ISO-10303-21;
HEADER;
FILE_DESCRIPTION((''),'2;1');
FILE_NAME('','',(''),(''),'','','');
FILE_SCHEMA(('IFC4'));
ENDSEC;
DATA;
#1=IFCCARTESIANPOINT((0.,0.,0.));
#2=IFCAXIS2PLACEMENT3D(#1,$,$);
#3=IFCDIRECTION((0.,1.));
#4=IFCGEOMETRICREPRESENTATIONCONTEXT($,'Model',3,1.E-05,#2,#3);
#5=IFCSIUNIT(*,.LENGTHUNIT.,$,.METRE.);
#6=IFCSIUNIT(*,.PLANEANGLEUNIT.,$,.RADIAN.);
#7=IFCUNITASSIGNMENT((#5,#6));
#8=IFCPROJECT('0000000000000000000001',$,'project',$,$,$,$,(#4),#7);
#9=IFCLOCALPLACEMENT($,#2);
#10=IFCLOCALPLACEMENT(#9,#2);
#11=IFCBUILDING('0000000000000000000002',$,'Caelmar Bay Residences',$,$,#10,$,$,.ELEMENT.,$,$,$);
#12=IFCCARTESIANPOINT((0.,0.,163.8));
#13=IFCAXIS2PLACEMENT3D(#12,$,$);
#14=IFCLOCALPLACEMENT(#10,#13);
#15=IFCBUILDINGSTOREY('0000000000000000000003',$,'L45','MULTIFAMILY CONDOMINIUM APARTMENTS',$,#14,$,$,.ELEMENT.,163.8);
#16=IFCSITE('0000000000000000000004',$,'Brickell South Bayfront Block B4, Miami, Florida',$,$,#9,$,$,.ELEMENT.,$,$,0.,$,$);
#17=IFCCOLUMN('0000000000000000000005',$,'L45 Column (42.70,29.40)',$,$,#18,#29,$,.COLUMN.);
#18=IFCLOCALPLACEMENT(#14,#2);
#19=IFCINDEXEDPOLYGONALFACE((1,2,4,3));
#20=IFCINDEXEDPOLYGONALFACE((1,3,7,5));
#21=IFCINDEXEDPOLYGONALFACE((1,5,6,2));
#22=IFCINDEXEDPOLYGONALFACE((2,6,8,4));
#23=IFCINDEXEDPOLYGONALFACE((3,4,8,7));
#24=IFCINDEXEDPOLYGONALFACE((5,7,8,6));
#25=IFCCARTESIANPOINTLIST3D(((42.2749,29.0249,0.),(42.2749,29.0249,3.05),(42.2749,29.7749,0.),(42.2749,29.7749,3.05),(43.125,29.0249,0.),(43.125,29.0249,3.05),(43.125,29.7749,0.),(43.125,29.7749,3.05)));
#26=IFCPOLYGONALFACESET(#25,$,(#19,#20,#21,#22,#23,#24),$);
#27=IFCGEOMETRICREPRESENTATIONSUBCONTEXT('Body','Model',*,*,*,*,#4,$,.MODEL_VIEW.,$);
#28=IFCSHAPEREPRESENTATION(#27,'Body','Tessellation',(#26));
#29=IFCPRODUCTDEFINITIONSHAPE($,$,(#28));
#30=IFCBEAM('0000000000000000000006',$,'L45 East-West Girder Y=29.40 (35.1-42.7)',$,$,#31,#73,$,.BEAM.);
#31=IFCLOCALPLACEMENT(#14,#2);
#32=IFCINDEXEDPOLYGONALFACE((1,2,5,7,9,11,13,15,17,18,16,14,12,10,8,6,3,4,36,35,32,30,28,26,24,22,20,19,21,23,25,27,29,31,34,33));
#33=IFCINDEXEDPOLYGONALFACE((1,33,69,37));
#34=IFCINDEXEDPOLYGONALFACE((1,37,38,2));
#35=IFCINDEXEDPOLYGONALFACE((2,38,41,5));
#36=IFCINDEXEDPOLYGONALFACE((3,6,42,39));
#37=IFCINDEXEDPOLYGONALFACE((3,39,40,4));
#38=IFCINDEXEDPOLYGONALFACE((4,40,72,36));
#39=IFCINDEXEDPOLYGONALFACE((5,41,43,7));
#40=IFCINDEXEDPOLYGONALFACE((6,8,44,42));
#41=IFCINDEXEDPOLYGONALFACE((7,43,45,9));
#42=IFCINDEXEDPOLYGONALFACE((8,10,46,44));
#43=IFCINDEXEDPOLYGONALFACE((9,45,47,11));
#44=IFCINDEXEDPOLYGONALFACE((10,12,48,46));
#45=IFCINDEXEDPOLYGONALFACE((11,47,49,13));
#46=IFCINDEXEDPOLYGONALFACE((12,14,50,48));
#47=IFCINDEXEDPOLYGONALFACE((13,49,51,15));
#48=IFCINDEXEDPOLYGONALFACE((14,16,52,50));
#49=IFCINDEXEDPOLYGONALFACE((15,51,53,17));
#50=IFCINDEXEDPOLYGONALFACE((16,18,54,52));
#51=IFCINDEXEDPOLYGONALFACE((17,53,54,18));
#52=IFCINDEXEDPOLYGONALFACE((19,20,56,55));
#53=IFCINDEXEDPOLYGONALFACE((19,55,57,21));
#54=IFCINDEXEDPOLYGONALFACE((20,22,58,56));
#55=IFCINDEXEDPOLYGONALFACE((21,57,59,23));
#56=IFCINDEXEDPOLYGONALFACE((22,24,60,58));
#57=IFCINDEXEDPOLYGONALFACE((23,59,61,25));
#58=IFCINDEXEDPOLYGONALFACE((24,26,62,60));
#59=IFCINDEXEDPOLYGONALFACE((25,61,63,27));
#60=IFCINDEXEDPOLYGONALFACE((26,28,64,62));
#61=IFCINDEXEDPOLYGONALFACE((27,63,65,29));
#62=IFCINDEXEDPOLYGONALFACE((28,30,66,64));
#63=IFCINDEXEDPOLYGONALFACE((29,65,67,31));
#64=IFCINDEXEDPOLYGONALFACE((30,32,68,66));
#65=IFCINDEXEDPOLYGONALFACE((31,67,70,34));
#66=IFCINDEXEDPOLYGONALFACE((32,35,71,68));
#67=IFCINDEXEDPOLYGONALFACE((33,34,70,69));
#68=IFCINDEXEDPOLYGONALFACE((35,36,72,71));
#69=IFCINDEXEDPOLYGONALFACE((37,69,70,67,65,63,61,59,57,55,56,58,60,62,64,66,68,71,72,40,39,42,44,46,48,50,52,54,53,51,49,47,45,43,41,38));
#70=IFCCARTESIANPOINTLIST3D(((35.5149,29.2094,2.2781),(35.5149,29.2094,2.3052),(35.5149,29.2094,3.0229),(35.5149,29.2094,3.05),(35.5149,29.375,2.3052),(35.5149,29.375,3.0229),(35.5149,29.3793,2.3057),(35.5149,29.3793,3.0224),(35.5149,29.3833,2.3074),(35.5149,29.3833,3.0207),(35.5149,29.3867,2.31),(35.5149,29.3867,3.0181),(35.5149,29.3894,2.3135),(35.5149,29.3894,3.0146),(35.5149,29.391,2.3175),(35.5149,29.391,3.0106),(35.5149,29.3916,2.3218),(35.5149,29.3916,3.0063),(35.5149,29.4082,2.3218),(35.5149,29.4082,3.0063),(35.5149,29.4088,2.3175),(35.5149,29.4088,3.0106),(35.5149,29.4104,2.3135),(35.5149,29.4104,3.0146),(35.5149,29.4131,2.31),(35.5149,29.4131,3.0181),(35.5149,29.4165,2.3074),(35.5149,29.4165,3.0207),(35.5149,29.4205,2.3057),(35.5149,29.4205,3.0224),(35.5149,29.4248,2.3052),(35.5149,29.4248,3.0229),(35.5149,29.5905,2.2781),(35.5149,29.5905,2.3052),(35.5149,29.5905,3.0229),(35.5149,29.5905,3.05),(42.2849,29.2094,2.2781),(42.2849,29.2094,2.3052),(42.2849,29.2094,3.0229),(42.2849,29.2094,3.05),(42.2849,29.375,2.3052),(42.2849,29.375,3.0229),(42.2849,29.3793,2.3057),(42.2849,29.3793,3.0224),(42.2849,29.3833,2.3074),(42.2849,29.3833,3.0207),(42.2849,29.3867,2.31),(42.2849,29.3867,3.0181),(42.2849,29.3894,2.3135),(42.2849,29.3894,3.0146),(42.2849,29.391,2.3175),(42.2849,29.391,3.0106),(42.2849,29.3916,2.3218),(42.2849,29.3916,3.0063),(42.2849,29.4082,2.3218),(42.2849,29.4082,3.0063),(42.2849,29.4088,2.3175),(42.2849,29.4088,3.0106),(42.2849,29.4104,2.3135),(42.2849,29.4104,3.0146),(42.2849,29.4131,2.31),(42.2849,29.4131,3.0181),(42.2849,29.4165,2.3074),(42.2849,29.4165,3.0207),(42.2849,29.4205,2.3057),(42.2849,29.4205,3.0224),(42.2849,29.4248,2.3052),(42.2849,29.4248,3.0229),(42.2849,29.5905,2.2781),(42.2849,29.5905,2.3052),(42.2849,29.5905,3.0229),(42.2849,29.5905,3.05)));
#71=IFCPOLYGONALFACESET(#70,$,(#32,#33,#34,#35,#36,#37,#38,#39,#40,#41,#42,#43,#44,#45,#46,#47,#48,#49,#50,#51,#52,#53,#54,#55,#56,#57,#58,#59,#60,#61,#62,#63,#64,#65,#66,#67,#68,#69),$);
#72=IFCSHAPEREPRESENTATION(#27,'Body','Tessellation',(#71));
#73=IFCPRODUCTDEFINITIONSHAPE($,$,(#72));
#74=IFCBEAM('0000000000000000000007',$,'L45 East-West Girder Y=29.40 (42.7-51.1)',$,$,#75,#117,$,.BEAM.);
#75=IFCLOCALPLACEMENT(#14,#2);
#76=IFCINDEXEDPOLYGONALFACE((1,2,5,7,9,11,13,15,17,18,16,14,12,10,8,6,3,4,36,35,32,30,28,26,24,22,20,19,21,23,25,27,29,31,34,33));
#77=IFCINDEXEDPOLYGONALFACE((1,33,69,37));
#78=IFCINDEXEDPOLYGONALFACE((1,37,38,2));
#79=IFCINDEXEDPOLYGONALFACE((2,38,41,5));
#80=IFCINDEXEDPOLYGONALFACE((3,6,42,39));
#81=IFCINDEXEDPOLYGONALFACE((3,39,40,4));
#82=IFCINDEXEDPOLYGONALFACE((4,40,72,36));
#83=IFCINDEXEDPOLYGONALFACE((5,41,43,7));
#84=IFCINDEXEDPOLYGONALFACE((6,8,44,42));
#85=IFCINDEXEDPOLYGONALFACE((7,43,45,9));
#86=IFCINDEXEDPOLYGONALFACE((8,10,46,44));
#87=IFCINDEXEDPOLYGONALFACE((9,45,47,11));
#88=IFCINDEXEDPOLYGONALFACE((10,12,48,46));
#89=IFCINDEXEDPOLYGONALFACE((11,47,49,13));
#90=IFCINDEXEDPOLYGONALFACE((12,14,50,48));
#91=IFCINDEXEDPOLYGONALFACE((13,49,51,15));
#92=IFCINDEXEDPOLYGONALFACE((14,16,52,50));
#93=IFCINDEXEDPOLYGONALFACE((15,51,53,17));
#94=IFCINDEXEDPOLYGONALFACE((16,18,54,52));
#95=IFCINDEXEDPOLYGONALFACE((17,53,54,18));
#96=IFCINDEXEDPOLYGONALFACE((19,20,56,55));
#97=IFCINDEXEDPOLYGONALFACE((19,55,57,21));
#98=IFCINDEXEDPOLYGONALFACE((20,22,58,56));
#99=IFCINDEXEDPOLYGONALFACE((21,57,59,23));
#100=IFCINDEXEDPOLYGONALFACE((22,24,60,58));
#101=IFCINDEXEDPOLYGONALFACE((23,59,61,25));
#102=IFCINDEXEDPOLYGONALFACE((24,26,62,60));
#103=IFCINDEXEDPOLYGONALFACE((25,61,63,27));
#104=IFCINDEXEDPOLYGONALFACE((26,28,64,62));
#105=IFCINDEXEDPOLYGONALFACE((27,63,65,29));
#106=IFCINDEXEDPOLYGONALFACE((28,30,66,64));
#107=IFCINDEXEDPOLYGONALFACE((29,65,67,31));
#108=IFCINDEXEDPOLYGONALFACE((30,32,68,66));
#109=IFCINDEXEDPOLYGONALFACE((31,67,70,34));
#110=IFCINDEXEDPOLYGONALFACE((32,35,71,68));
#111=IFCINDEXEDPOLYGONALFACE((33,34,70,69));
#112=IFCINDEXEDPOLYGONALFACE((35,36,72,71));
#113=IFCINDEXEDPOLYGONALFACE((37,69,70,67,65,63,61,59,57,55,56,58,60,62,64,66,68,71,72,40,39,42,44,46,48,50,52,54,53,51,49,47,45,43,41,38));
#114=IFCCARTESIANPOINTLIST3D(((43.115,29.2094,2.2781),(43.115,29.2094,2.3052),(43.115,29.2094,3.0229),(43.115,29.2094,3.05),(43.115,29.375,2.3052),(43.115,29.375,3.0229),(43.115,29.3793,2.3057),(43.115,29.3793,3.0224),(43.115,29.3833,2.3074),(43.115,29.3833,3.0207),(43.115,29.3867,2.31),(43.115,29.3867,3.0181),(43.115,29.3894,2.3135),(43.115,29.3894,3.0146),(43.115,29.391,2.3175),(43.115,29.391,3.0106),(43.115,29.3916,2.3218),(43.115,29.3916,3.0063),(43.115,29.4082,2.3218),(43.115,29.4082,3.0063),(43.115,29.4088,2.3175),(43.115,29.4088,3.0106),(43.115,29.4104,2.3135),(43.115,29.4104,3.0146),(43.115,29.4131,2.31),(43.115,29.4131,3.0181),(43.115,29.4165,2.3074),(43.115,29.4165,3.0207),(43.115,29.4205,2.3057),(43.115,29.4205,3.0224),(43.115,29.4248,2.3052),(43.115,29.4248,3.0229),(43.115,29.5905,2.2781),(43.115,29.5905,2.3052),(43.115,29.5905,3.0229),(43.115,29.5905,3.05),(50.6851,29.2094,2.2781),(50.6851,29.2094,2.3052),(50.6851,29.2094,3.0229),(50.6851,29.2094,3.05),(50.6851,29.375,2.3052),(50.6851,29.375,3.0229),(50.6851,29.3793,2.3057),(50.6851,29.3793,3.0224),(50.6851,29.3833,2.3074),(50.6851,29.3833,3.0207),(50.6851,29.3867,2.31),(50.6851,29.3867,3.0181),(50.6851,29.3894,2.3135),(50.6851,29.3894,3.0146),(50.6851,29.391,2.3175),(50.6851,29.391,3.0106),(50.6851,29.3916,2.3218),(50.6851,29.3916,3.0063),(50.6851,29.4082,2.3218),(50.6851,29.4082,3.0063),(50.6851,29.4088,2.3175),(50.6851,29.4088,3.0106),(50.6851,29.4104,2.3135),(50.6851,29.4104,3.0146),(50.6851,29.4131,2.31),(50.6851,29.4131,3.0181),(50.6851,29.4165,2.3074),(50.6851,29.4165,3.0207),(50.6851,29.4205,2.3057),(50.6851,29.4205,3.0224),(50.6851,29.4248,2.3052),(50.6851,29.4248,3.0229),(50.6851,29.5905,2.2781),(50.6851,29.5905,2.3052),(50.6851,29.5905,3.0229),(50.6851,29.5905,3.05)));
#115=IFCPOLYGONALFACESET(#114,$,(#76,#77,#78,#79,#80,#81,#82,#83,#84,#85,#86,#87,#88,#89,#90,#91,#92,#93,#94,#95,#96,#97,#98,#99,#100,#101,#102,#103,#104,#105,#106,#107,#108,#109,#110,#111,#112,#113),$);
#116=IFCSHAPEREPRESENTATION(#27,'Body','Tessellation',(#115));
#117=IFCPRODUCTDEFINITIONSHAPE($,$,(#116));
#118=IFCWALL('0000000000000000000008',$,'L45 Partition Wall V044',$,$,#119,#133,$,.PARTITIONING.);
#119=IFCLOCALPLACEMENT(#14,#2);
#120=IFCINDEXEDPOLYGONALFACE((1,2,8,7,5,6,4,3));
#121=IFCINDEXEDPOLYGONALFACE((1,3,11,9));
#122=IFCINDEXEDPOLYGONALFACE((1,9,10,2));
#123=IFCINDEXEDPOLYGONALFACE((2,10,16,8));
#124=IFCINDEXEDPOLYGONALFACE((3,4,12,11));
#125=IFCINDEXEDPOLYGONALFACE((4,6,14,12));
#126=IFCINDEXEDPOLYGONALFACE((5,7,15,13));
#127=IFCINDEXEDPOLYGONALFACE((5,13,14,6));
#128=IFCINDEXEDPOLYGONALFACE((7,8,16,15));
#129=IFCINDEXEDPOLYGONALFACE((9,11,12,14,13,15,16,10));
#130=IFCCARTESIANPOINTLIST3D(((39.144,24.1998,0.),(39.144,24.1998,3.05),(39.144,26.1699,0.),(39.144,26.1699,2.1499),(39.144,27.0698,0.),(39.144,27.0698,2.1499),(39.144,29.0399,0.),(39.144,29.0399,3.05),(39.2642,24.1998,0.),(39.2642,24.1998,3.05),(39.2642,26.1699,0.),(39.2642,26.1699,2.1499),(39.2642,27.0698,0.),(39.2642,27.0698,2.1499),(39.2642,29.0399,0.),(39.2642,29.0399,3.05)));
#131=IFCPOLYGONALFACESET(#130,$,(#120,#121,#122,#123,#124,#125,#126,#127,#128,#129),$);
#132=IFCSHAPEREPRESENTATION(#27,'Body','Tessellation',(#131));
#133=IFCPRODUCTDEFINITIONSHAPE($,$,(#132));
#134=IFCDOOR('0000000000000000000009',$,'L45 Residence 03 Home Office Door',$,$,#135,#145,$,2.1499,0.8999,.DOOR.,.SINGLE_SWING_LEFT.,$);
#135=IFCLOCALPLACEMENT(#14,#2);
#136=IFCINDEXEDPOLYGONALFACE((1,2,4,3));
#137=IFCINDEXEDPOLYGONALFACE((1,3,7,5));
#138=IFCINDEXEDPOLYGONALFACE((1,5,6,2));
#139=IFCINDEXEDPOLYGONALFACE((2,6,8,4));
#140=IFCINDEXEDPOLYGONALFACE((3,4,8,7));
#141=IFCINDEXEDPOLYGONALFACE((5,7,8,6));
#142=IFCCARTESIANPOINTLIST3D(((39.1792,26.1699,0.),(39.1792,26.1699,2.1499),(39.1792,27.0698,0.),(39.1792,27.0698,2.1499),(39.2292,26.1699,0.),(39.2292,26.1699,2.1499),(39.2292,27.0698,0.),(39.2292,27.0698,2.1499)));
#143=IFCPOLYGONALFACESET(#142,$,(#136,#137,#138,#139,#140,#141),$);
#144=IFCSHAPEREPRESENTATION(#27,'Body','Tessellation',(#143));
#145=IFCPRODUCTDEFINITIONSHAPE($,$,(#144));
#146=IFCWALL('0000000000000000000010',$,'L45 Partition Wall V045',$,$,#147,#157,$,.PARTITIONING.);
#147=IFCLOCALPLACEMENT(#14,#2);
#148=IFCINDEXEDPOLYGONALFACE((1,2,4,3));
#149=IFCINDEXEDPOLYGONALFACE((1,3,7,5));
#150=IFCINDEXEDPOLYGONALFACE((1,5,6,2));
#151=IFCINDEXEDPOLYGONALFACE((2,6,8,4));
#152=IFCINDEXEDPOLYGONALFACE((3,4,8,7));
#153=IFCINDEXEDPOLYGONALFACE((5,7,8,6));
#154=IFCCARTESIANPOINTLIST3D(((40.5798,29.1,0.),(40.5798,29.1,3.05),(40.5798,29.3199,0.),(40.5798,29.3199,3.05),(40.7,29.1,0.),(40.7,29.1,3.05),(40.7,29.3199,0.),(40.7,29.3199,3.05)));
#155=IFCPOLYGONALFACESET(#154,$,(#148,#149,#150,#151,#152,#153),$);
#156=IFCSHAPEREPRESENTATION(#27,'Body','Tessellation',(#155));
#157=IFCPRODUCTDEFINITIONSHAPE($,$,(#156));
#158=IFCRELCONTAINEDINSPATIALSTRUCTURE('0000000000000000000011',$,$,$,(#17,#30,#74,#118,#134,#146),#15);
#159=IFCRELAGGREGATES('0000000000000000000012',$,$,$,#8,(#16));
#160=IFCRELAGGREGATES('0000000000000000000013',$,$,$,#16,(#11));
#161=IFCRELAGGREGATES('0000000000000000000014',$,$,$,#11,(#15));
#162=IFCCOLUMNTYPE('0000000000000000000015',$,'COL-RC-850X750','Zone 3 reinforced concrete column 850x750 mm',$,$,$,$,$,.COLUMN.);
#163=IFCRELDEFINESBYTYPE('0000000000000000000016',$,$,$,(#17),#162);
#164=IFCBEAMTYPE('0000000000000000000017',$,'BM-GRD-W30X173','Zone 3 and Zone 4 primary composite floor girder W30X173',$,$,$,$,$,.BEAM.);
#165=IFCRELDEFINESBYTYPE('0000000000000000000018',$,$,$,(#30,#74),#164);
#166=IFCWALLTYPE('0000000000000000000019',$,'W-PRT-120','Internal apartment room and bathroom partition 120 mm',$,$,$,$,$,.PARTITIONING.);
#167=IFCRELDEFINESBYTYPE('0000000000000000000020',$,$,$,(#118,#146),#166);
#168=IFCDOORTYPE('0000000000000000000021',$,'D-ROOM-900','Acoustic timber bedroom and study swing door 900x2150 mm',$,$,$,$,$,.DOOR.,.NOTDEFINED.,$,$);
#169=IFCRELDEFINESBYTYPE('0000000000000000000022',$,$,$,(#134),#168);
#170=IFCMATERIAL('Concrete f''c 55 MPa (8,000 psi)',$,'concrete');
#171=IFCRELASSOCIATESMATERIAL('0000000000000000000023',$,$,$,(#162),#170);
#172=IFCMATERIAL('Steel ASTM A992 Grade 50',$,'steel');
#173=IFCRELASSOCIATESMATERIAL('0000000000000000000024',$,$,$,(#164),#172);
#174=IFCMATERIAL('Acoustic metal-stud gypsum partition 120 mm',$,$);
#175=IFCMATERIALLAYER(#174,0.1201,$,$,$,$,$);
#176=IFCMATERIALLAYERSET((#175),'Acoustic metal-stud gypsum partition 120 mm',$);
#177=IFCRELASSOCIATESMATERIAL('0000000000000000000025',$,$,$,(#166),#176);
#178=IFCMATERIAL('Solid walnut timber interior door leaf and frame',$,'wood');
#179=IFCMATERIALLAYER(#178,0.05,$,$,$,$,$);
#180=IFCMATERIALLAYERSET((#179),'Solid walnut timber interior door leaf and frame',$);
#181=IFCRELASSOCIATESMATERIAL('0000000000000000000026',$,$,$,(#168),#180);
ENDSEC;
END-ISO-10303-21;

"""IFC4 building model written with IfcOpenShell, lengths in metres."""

from ifc_helpers import new_model, si_unit, direction, frame, frame_2d, origin, origin_2d, place, context, subcontext, project, spatial, rectangle, i_section, extrude, material, layer, layer_set, material_profile, profile_set, type_object, element, fill, save


model = new_model("IFC4")

# Units and contexts
model_context = context("Model", 3, precision=1e-05, world=origin(), true_north=direction((0.0, 1.0)))
body_context = subcontext(model_context, "Body", "Model", "MODEL_VIEW")
ifc_project = project(units=[si_unit("LENGTHUNIT", "METRE"), si_unit("PLANEANGLEUNIT", "RADIAN")], contexts=[model_context])

# Site, building, storey
site_placement = place(None, origin())
site = spatial("IfcSite", under=ifc_project, at=site_placement, Name="Brickell South Bayfront Block B4, Miami, Florida", CompositionType="ELEMENT", RefElevation=0.0)
building_placement = place(site_placement, origin())
building = spatial("IfcBuilding", under=site, at=building_placement, Name="Caelmar Bay Residences", CompositionType="ELEMENT")
storey_placement = place(building_placement, frame((0.0, 0.0, 163.8)))
storey = spatial("IfcBuildingStorey", under=building, at=storey_placement, Name="L45", Description="MULTIFAMILY CONDOMINIUM APARTMENTS", CompositionType="ELEMENT", Elevation=163.8)

# Column
ifc_material_1 = material(Name="Concrete f'c 55 MPa (8,000 psi)", Category="concrete")
ifc_material_profile_1 = material_profile(ifc_material_1, rectangle(XDim=0.8501, YDim=0.75, at=origin_2d()), Name="RC-COL-850X750")
ifc_profile_set_1 = profile_set([ifc_material_profile_1], Name="Concrete f'c 55 MPa (8,000 psi)")
column_type = type_object("IfcColumnType", Name="COL-RC-850X750", Description="Zone 3 reinforced concrete column 850x750 mm", PredefinedType="COLUMN", material=ifc_profile_set_1)
column_placement = place(storey_placement, frame((42.7, 29.3999, 0.0), z_axis=(0.0, 0.0, 1.0), x_axis=(1.0, 0.0, 0.0)))
element("IfcColumn", 1, at=column_placement, inside=storey, type_object=column_type, Name="L45 Column (42.70,29.40)", PredefinedType="COLUMN", context=body_context, shape_type="SweptSolid", body=[
    extrude(rectangle(XDim=0.8501, YDim=0.75, at=origin_2d()), origin(), (0.0, 0.0, 1.0), 3.05),
])

# Beams
ifc_material_2 = material(Name="Steel ASTM A992 Grade 50", Category="steel")
ifc_material_profile_2 = material_profile(ifc_material_2, i_section(OverallWidth=0.3811, OverallDepth=0.772, WebThickness=0.0166, FlangeThickness=0.0271, FilletRadius=0.0166, at=origin_2d()), Name="W30X173")
ifc_profile_set_2 = profile_set([ifc_material_profile_2], Name="Steel ASTM A992 Grade 50")
beam_type = type_object("IfcBeamType", Name="BM-GRD-W30X173", Description="Zone 3 and Zone 4 primary composite floor girder W30X173", PredefinedType="BEAM", material=ifc_profile_set_2)
beam_1_placement = place(storey_placement, frame((35.5149, 29.3999, 2.6641), z_axis=(1.0, 0.0, 0.0), x_axis=(0.0, 1.0, 0.0)))
element("IfcBeam", 2, at=beam_1_placement, inside=storey, type_object=beam_type, Name="L45 East-West Girder Y=29.40 (35.1-42.7)", PredefinedType="BEAM", context=body_context, shape_type="SweptSolid", body=[
    extrude(i_section(OverallWidth=0.3811, OverallDepth=0.772, WebThickness=0.0166, FlangeThickness=0.0271, FilletRadius=0.0166, at=origin_2d()), origin(), (0.0, 0.0, 1.0), 6.77),
])
beam_2_placement = place(storey_placement, frame((43.115, 29.3999, 2.6641), z_axis=(1.0, 0.0, 0.0), x_axis=(0.0, 1.0, 0.0)))
element("IfcBeam", 3, at=beam_2_placement, inside=storey, type_object=beam_type, Name="L45 East-West Girder Y=29.40 (42.7-51.1)", PredefinedType="BEAM", context=body_context, shape_type="SweptSolid", body=[
    extrude(i_section(OverallWidth=0.3811, OverallDepth=0.772, WebThickness=0.0166, FlangeThickness=0.0271, FilletRadius=0.0166, at=origin_2d()), origin(), (0.0, 0.0, 1.0), 7.5701),
])

# Wall, opening, door
ifc_material_3 = material(Name="Acoustic metal-stud gypsum partition 120 mm")
ifc_layer_1 = layer(ifc_material_3, 0.1201)
ifc_layer_set_1 = layer_set([ifc_layer_1], Name="Acoustic metal-stud gypsum partition 120 mm")
wall_type_1 = type_object("IfcWallType", Name="W-PRT-120", Description="Internal apartment room and bathroom partition 120 mm", PredefinedType="PARTITIONING", material=ifc_layer_set_1)
wall_1_placement = place(storey_placement, frame((39.2041, 24.2, 0.0), z_axis=(0.0, 0.0, 1.0), x_axis=(0.0, 1.0, 0.0)))
wall_1 = element("IfcWall", 4, at=wall_1_placement, inside=storey, type_object=wall_type_1, Name="L45 Partition Wall V044", PredefinedType="PARTITIONING", context=body_context, shape_type="SweptSolid", body=[
    extrude(rectangle(XDim=4.8401, YDim=0.1201, at=frame_2d((2.4199, 0.0))), origin(), (0.0, 0.0, 1.0), 3.05),
])
opening_1_placement = place(wall_1_placement, frame((1.97, 0.0, 0.0)))
opening_1 = element("IfcOpeningElement", 5, at=opening_1_placement, cuts=wall_1, PredefinedType="OPENING", context=body_context, shape_type="SweptSolid", body=[
    extrude(rectangle(XDim=0.8999, YDim=2.1499, at=frame_2d((0.45, 1.075))), frame((0.0, 0.0701, 0.0), z_axis=(0.0, -1.0, 0.0), x_axis=(1.0, 0.0, 0.0)), (0.0, 0.0, 1.0), 0.1401),
])
ifc_material_4 = material(Name="Solid walnut timber interior door leaf and frame", Category="wood")
ifc_layer_2 = layer(ifc_material_4, 0.05)
ifc_layer_set_2 = layer_set([ifc_layer_2], Name="Solid walnut timber interior door leaf and frame")
door_type_1 = type_object("IfcDoorType", Name="D-ROOM-900", Description="Acoustic timber bedroom and study swing door 900x2150 mm", OperationType="NOTDEFINED", PredefinedType="DOOR", material=ifc_layer_set_2)
door_1_placement = place(opening_1_placement, origin())
door_1 = element("IfcDoor", 6, at=door_1_placement, inside=storey, type_object=door_type_1, Name="L45 Residence 03 Home Office Door", OperationType="SINGLE_SWING_LEFT", OverallHeight=2.1499, OverallWidth=0.8999, PredefinedType="DOOR", context=body_context, shape_type="SweptSolid", body=[
    extrude(rectangle(XDim=0.8999, YDim=2.1499, at=frame_2d((0.45, 1.075))), frame((0.0, 0.0249, 0.0), z_axis=(0.0, -1.0, 0.0), x_axis=(1.0, 0.0, 0.0)), (0.0, 0.0, 1.0), 0.05),
])
fill(opening_1, door_1)

# Wall
wall_2_placement = place(storey_placement, frame((40.6399, 29.1001, 0.0), z_axis=(0.0, 0.0, 1.0), x_axis=(0.0, 1.0, 0.0)))
element("IfcWall", 7, at=wall_2_placement, inside=storey, type_object=wall_type_1, Name="L45 Partition Wall V045", PredefinedType="PARTITIONING", context=body_context, shape_type="SweptSolid", body=[
    extrude(rectangle(XDim=0.22, YDim=0.1201, at=frame_2d((0.1099, 0.0))), origin(), (0.0, 0.0, 1.0), 3.05),
])

save(model, "model.ifc")
